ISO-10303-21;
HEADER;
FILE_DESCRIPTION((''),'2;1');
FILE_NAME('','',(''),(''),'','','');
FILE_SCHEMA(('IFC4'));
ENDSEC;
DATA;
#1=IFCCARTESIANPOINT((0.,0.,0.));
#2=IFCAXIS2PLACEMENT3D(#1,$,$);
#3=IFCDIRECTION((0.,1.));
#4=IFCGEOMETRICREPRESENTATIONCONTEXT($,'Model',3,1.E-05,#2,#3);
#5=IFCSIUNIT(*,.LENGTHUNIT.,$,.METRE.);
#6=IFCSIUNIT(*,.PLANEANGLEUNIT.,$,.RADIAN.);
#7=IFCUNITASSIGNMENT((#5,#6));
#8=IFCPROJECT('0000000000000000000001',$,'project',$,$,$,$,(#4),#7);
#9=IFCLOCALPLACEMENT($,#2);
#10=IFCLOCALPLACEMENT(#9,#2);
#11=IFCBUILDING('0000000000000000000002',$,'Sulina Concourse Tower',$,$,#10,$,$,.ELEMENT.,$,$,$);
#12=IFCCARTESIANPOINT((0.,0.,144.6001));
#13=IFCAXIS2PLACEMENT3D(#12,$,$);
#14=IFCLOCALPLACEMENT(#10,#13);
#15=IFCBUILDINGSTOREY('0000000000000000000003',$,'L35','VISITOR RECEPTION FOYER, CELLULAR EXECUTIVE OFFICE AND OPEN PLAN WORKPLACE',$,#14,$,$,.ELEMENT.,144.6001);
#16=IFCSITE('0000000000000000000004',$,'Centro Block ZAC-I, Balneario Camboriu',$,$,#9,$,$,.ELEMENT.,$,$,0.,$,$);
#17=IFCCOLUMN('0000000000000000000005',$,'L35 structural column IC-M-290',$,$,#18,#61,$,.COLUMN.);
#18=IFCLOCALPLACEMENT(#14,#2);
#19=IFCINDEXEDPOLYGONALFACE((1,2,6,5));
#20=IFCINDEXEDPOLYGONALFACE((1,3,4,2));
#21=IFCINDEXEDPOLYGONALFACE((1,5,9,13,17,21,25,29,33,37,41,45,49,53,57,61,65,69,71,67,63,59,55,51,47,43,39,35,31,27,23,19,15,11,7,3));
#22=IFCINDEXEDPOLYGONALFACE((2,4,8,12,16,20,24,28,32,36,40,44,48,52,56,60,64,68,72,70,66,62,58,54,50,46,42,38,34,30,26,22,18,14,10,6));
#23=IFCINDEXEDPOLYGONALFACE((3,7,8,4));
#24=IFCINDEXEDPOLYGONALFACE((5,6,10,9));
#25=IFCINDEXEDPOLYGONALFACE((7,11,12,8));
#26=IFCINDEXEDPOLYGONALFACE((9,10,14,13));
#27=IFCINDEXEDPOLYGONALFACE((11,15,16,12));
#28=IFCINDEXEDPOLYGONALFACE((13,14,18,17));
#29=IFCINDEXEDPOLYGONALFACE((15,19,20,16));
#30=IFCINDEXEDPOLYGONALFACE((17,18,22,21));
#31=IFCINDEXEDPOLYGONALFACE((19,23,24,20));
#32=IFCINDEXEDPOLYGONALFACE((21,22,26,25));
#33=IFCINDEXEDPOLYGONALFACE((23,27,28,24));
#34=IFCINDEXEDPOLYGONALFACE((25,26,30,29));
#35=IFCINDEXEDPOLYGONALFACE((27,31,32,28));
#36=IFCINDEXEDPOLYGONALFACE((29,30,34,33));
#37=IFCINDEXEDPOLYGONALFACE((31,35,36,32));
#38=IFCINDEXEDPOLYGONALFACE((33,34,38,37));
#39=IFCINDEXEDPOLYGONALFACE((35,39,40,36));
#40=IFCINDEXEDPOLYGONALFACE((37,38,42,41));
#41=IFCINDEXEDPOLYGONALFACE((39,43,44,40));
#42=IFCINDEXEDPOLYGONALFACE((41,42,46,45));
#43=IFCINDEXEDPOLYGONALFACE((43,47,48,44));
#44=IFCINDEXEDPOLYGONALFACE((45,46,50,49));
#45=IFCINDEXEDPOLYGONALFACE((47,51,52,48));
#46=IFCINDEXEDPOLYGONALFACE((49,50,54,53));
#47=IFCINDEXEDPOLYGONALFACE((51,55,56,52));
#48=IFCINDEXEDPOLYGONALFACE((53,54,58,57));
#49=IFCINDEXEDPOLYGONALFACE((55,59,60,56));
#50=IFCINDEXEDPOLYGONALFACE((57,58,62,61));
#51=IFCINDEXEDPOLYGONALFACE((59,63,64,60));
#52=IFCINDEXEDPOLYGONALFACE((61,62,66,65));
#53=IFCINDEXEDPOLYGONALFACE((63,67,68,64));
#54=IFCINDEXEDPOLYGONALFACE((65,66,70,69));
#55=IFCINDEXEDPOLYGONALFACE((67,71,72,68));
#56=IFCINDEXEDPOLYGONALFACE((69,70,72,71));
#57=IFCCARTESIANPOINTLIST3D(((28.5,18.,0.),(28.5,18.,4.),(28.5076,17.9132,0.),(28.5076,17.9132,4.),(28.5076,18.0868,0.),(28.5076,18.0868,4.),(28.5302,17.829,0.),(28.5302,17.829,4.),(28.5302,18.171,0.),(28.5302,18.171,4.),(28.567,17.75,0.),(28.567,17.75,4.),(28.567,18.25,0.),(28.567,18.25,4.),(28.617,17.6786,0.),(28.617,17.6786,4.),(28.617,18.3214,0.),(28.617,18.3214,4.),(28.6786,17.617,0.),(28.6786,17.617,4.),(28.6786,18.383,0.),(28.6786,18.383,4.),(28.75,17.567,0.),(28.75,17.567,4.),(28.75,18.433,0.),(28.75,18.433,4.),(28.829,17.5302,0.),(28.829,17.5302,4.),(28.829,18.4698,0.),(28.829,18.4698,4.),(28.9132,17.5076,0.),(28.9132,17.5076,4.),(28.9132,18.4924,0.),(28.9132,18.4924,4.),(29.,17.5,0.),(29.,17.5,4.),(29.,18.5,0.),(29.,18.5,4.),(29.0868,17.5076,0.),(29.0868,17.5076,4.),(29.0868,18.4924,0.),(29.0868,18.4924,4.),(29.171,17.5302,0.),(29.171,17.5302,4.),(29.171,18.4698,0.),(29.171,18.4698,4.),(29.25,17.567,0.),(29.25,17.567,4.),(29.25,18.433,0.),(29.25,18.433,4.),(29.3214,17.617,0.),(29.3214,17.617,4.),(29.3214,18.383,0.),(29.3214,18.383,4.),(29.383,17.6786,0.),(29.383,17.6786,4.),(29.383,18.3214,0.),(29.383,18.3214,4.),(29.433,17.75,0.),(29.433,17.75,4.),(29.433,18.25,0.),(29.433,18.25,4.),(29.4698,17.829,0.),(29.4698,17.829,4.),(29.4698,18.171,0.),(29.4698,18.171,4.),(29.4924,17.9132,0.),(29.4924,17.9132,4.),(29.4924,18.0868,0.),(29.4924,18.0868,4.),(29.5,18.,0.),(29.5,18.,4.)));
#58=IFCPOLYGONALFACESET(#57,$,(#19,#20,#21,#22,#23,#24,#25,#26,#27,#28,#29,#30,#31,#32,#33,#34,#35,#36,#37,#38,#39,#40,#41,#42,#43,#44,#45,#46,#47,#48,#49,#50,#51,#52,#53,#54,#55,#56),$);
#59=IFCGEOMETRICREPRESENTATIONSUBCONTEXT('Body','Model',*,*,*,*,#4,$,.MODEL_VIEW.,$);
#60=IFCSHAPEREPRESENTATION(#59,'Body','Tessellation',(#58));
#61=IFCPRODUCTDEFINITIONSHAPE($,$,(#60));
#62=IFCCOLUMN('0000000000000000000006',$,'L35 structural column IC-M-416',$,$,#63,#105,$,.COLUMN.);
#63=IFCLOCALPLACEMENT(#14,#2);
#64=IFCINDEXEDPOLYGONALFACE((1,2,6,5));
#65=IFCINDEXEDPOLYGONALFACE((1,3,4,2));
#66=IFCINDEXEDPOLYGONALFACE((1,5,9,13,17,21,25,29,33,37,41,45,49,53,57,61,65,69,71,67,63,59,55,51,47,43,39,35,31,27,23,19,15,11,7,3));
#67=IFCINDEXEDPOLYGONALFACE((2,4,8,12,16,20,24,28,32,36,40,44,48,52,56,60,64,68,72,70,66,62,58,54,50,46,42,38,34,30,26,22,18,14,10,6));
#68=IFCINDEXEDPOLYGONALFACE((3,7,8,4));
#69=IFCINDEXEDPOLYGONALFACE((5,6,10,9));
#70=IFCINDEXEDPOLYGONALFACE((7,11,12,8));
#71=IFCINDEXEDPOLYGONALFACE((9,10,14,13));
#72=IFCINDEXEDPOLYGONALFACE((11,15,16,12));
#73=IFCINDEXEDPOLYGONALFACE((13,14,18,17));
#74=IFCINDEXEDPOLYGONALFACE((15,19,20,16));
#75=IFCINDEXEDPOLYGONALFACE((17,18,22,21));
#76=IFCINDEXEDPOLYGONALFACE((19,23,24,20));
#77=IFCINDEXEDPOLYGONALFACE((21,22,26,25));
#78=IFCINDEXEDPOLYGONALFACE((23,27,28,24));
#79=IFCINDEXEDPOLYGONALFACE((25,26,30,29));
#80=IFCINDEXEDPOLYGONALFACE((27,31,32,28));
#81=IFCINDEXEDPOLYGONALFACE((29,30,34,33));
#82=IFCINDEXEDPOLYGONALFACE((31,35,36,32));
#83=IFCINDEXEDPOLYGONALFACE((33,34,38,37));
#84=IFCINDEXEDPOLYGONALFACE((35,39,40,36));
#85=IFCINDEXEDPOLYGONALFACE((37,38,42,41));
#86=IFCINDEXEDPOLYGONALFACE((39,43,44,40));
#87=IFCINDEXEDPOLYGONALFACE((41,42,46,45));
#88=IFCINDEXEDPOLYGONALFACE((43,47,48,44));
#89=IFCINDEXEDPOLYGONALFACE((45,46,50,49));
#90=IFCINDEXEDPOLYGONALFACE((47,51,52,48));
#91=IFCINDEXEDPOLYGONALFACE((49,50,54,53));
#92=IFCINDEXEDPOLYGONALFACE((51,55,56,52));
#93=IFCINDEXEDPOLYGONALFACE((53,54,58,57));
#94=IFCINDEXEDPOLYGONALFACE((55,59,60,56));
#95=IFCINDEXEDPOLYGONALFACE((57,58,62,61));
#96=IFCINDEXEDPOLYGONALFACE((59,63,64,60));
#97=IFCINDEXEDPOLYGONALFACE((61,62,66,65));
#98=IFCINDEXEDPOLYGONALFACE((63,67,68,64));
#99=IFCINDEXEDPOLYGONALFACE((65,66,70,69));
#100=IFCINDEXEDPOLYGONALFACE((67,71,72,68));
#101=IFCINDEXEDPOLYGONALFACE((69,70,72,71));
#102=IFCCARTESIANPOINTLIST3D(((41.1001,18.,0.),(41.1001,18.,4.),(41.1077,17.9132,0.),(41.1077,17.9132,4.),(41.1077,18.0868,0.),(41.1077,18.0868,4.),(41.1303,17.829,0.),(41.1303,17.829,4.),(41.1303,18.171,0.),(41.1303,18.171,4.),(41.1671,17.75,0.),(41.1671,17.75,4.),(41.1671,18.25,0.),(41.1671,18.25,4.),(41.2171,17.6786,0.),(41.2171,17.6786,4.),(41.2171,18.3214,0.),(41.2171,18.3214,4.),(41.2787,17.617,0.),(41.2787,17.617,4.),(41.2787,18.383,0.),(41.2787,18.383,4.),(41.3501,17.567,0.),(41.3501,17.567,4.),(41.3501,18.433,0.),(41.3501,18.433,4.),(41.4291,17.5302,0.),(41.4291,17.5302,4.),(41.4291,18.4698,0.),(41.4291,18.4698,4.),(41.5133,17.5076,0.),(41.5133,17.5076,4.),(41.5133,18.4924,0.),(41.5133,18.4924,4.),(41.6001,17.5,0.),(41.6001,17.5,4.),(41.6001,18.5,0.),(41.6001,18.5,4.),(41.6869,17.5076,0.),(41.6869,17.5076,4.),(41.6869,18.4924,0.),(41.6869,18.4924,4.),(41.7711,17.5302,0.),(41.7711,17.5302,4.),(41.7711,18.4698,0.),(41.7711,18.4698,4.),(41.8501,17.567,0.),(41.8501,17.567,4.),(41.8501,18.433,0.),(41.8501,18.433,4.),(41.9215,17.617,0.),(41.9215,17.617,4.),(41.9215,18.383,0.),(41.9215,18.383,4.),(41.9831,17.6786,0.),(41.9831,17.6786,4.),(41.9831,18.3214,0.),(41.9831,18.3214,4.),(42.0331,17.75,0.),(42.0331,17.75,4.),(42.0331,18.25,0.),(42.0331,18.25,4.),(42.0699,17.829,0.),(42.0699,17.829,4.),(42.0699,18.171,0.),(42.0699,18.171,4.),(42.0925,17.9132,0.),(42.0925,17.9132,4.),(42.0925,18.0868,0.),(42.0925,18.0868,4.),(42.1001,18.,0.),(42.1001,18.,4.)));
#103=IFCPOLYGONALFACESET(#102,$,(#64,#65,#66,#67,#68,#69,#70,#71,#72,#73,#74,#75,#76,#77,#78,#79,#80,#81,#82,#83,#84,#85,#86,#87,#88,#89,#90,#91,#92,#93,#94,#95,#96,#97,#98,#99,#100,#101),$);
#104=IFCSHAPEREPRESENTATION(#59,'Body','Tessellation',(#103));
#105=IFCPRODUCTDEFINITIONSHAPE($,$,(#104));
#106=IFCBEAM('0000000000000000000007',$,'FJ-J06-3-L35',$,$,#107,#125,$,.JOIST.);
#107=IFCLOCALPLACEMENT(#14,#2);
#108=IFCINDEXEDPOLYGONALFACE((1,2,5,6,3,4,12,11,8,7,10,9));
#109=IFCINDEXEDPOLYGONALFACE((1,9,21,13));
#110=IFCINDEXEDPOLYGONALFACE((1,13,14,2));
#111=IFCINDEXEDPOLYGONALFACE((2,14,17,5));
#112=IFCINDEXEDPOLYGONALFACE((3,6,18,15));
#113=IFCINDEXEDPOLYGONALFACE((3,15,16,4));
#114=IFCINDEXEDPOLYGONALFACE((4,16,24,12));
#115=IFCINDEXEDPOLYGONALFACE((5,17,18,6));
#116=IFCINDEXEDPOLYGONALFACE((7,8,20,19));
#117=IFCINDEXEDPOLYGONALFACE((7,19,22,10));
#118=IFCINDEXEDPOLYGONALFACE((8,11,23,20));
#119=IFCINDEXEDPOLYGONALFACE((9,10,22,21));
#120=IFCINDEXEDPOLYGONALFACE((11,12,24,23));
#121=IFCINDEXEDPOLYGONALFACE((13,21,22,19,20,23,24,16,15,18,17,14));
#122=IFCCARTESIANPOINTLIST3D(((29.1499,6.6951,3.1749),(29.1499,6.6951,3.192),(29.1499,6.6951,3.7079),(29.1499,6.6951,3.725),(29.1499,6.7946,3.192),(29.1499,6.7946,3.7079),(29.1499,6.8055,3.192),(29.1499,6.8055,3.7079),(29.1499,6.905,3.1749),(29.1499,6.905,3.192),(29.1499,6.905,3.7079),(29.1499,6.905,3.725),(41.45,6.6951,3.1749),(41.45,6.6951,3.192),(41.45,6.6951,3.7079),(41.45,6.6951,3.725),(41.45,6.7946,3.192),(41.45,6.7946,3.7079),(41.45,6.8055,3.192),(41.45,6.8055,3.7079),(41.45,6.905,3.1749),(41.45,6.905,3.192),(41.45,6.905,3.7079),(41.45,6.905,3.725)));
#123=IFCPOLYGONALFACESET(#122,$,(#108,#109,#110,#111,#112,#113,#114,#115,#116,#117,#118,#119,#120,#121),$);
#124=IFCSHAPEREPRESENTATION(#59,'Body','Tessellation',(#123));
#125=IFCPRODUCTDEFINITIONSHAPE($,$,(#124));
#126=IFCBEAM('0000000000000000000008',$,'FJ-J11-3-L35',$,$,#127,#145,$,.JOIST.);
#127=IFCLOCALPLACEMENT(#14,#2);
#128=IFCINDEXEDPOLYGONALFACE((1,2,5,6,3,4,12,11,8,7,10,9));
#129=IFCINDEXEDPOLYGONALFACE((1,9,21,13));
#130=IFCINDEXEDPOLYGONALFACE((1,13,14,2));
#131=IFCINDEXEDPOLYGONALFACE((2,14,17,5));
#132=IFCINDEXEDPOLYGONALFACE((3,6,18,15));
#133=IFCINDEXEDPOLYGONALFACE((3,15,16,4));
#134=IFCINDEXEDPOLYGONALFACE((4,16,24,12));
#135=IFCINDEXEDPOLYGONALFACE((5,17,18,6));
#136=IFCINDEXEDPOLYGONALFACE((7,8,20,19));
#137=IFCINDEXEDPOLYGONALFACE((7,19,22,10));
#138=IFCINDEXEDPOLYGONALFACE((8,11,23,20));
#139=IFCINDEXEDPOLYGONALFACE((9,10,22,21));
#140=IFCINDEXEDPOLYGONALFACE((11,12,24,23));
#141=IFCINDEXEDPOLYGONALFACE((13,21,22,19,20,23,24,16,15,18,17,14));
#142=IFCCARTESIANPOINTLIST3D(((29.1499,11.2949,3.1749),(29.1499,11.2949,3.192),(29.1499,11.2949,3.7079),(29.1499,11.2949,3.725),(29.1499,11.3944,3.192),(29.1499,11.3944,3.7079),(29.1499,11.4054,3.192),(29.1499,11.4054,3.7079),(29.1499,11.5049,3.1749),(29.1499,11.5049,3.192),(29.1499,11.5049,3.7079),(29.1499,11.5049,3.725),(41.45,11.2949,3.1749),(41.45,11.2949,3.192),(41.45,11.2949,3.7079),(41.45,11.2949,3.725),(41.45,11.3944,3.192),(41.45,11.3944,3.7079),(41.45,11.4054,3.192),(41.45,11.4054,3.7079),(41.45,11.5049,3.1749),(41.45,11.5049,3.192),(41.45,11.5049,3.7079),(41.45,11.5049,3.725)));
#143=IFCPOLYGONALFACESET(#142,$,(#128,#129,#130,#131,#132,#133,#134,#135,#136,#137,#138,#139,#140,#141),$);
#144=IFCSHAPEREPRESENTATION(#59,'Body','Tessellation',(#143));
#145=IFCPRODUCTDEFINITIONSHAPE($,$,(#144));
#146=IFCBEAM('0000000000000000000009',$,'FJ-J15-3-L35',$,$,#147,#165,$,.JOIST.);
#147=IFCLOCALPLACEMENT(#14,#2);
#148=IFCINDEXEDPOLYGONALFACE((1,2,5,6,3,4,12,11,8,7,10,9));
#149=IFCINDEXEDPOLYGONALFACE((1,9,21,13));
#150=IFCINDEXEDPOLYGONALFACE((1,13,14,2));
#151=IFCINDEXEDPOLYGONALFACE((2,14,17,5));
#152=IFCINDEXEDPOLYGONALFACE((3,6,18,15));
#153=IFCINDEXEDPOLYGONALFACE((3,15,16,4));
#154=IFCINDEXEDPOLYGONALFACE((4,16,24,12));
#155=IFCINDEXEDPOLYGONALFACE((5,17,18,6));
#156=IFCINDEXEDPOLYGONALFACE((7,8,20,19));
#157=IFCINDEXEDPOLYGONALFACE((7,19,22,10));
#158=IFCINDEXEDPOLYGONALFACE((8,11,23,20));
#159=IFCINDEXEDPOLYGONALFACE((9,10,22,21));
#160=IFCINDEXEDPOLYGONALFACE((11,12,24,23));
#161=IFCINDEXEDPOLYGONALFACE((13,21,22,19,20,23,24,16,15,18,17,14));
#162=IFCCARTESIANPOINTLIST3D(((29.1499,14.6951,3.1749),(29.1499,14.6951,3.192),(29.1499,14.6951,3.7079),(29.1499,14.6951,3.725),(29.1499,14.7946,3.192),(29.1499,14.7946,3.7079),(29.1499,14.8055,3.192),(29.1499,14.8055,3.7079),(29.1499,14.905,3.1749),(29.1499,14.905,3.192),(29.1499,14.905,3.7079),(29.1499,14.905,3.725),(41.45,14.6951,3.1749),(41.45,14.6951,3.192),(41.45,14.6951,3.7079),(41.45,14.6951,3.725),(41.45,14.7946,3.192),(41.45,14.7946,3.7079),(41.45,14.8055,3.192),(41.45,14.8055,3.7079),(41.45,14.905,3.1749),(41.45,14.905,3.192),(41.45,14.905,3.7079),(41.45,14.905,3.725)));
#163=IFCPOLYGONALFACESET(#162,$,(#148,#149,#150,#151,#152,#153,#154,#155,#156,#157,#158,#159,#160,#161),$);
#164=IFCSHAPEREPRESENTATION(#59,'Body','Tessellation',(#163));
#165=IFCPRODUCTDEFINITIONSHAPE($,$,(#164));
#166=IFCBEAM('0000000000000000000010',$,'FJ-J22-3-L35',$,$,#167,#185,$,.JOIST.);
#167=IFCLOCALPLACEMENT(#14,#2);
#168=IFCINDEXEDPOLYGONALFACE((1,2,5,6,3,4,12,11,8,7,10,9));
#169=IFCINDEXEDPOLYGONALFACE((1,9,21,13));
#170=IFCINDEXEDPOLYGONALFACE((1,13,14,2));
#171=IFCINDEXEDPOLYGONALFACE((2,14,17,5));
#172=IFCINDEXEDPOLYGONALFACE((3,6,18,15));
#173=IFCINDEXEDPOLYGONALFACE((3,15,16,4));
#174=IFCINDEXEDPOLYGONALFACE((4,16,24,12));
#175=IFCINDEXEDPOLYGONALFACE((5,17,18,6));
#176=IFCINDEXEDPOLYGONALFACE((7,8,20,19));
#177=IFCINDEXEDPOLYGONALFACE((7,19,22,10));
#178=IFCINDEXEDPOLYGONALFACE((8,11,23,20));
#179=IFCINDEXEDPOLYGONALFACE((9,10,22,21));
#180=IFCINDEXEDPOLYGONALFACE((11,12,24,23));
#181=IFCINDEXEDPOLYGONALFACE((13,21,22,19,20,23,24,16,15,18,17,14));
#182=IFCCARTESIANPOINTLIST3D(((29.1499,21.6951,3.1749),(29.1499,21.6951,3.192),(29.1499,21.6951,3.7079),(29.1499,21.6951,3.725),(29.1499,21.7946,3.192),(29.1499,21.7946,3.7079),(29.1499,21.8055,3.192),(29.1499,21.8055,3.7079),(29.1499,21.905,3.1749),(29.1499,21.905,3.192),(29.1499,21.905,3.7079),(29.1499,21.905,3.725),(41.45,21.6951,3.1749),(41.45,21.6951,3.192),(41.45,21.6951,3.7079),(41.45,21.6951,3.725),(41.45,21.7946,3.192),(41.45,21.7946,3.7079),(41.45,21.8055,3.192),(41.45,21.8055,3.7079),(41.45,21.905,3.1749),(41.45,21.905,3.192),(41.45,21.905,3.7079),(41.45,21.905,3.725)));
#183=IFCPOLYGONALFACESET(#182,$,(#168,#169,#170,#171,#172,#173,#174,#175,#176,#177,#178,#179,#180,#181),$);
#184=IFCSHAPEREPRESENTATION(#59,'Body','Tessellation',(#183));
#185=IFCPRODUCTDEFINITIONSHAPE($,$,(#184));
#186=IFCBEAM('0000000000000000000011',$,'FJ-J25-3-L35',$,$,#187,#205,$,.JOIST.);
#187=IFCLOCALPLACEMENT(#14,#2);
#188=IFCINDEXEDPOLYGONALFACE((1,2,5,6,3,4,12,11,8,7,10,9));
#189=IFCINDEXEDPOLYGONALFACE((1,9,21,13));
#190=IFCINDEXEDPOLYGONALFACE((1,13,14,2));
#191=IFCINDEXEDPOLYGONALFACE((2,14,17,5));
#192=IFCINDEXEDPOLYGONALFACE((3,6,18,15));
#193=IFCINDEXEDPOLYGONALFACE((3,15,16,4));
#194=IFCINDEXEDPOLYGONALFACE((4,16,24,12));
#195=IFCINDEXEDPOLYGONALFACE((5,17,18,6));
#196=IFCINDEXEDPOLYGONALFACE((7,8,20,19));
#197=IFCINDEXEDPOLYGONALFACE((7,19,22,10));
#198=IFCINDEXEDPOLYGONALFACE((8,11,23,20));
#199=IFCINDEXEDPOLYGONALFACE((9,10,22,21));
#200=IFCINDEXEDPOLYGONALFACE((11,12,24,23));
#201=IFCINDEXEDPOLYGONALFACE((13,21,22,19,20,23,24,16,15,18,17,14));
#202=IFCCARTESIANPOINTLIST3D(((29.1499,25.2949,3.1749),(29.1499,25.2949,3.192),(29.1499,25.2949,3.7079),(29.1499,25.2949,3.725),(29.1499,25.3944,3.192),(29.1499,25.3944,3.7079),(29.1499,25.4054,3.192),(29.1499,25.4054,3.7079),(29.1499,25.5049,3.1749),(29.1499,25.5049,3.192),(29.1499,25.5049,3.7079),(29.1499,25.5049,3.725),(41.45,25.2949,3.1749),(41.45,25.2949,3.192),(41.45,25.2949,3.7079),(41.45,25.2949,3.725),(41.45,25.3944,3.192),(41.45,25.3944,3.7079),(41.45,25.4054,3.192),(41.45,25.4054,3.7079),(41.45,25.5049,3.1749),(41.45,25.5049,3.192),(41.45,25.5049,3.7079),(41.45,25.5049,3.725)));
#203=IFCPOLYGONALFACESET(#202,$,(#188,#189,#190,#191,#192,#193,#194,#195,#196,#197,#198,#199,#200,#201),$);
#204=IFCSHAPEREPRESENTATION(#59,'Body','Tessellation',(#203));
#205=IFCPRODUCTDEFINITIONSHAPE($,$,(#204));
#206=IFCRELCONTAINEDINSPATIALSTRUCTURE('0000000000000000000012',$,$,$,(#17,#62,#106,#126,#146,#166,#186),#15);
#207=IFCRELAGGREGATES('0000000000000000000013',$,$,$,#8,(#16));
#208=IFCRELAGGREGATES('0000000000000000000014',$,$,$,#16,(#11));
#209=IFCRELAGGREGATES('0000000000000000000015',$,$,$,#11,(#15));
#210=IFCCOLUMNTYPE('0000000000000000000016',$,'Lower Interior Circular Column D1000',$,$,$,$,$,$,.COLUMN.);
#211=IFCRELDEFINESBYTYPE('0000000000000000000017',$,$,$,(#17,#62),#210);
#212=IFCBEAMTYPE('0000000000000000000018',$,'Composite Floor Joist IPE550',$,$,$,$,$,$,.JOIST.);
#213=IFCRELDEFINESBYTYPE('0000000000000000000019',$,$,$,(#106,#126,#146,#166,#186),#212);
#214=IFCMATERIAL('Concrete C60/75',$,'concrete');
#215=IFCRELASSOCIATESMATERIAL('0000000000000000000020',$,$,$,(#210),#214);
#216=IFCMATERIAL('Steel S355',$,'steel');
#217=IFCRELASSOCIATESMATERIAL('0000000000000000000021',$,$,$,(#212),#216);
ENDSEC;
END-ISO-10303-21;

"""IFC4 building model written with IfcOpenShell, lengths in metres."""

from ifc_helpers import new_model, si_unit, direction, frame, origin, origin_2d, place, context, subcontext, project, spatial, circle, i_section, extrude, material, material_profile, profile_set, type_object, element, save


model = new_model("IFC4")

# Units and contexts
model_context = context("Model", 3, precision=1e-05, world=origin(), true_north=direction((0.0, 1.0)))
body_context = subcontext(model_context, "Body", "Model", "MODEL_VIEW")
ifc_project = project(units=[si_unit("LENGTHUNIT", "METRE"), si_unit("PLANEANGLEUNIT", "RADIAN")], contexts=[model_context])

# Site, building, storey
site_placement = place(None, origin())
site = spatial("IfcSite", under=ifc_project, at=site_placement, Name="Centro Block ZAC-I, Balneario Camboriu", CompositionType="ELEMENT", RefElevation=0.0)
building_placement = place(site_placement, origin())
building = spatial("IfcBuilding", under=site, at=building_placement, Name="Sulina Concourse Tower", CompositionType="ELEMENT")
storey_placement = place(building_placement, frame((0.0, 0.0, 144.6001)))
storey = spatial("IfcBuildingStorey", under=building, at=storey_placement, Name="L35", Description="VISITOR RECEPTION FOYER, CELLULAR EXECUTIVE OFFICE AND OPEN PLAN WORKPLACE", CompositionType="ELEMENT", Elevation=144.6001)

# Columns
ifc_material_1 = material(Name="Concrete C60/75", Category="concrete")
ifc_material_profile_1 = material_profile(ifc_material_1, circle(Radius=0.5, at=origin_2d()), Name="RC D1000")
ifc_profile_set_1 = profile_set([ifc_material_profile_1], Name="Concrete C60/75")
column_type = type_object("IfcColumnType", Name="Lower Interior Circular Column D1000", PredefinedType="COLUMN", material=ifc_profile_set_1)
for number, where, z_axis, x_axis, name in (
    (1, (29.0, 18.0, 0.0), (0.0, 0.0, 1.0), (1.0, 0.0, 0.0), "L35 structural column IC-M-290"),
    (2, (41.6001, 18.0, 0.0), (0.0, 0.0, 1.0), (1.0, 0.0, 0.0), "L35 structural column IC-M-416"),
):
    element("IfcColumn", number, at=place(storey_placement, frame(where, z_axis=z_axis, x_axis=x_axis)), inside=storey, type_object=column_type, Name=name, PredefinedType="COLUMN", context=body_context, shape_type="SweptSolid", body=[
        extrude(circle(Radius=0.5, at=origin_2d()), origin(), (0.0, 0.0, 1.0), 4.0),
    ])

# Beams
ifc_material_2 = material(Name="Steel S355", Category="steel")
ifc_material_profile_2 = material_profile(ifc_material_2, i_section(OverallWidth=0.21, OverallDepth=0.55, WebThickness=0.011, FlangeThickness=0.0171, at=origin_2d()), Name="IPE 550")
ifc_profile_set_2 = profile_set([ifc_material_profile_2], Name="Steel S355")
beam_type_1 = type_object("IfcBeamType", Name="Composite Floor Joist IPE550", PredefinedType="JOIST", material=ifc_profile_set_2)
for number, where, z_axis, x_axis, name in (
    (3, (29.1499, 6.8, 3.45), (1.0, 0.0, 0.0), (0.0, 1.0, 0.0), "FJ-J06-3-L35"),
    (4, (29.1499, 11.3999, 3.45), (1.0, 0.0, 0.0), (0.0, 1.0, 0.0), "FJ-J11-3-L35"),
    (5, (29.1499, 14.8, 3.45), (1.0, 0.0, 0.0), (0.0, 1.0, 0.0), "FJ-J15-3-L35"),
    (6, (29.1499, 21.8, 3.45), (1.0, 0.0, 0.0), (0.0, 1.0, 0.0), "FJ-J22-3-L35"),
    (7, (29.1499, 25.3999, 3.45), (1.0, 0.0, 0.0), (0.0, 1.0, 0.0), "FJ-J25-3-L35"),
):
    element("IfcBeam", number, at=place(storey_placement, frame(where, z_axis=z_axis, x_axis=x_axis)), inside=storey, type_object=beam_type_1, Name=name, PredefinedType="JOIST", context=body_context, shape_type="SweptSolid", body=[
        extrude(i_section(OverallWidth=0.21, OverallDepth=0.55, WebThickness=0.011, FlangeThickness=0.0171, at=origin_2d()), origin(), (0.0, 0.0, 1.0), 12.3),
    ])

save(model, "model.ifc")
